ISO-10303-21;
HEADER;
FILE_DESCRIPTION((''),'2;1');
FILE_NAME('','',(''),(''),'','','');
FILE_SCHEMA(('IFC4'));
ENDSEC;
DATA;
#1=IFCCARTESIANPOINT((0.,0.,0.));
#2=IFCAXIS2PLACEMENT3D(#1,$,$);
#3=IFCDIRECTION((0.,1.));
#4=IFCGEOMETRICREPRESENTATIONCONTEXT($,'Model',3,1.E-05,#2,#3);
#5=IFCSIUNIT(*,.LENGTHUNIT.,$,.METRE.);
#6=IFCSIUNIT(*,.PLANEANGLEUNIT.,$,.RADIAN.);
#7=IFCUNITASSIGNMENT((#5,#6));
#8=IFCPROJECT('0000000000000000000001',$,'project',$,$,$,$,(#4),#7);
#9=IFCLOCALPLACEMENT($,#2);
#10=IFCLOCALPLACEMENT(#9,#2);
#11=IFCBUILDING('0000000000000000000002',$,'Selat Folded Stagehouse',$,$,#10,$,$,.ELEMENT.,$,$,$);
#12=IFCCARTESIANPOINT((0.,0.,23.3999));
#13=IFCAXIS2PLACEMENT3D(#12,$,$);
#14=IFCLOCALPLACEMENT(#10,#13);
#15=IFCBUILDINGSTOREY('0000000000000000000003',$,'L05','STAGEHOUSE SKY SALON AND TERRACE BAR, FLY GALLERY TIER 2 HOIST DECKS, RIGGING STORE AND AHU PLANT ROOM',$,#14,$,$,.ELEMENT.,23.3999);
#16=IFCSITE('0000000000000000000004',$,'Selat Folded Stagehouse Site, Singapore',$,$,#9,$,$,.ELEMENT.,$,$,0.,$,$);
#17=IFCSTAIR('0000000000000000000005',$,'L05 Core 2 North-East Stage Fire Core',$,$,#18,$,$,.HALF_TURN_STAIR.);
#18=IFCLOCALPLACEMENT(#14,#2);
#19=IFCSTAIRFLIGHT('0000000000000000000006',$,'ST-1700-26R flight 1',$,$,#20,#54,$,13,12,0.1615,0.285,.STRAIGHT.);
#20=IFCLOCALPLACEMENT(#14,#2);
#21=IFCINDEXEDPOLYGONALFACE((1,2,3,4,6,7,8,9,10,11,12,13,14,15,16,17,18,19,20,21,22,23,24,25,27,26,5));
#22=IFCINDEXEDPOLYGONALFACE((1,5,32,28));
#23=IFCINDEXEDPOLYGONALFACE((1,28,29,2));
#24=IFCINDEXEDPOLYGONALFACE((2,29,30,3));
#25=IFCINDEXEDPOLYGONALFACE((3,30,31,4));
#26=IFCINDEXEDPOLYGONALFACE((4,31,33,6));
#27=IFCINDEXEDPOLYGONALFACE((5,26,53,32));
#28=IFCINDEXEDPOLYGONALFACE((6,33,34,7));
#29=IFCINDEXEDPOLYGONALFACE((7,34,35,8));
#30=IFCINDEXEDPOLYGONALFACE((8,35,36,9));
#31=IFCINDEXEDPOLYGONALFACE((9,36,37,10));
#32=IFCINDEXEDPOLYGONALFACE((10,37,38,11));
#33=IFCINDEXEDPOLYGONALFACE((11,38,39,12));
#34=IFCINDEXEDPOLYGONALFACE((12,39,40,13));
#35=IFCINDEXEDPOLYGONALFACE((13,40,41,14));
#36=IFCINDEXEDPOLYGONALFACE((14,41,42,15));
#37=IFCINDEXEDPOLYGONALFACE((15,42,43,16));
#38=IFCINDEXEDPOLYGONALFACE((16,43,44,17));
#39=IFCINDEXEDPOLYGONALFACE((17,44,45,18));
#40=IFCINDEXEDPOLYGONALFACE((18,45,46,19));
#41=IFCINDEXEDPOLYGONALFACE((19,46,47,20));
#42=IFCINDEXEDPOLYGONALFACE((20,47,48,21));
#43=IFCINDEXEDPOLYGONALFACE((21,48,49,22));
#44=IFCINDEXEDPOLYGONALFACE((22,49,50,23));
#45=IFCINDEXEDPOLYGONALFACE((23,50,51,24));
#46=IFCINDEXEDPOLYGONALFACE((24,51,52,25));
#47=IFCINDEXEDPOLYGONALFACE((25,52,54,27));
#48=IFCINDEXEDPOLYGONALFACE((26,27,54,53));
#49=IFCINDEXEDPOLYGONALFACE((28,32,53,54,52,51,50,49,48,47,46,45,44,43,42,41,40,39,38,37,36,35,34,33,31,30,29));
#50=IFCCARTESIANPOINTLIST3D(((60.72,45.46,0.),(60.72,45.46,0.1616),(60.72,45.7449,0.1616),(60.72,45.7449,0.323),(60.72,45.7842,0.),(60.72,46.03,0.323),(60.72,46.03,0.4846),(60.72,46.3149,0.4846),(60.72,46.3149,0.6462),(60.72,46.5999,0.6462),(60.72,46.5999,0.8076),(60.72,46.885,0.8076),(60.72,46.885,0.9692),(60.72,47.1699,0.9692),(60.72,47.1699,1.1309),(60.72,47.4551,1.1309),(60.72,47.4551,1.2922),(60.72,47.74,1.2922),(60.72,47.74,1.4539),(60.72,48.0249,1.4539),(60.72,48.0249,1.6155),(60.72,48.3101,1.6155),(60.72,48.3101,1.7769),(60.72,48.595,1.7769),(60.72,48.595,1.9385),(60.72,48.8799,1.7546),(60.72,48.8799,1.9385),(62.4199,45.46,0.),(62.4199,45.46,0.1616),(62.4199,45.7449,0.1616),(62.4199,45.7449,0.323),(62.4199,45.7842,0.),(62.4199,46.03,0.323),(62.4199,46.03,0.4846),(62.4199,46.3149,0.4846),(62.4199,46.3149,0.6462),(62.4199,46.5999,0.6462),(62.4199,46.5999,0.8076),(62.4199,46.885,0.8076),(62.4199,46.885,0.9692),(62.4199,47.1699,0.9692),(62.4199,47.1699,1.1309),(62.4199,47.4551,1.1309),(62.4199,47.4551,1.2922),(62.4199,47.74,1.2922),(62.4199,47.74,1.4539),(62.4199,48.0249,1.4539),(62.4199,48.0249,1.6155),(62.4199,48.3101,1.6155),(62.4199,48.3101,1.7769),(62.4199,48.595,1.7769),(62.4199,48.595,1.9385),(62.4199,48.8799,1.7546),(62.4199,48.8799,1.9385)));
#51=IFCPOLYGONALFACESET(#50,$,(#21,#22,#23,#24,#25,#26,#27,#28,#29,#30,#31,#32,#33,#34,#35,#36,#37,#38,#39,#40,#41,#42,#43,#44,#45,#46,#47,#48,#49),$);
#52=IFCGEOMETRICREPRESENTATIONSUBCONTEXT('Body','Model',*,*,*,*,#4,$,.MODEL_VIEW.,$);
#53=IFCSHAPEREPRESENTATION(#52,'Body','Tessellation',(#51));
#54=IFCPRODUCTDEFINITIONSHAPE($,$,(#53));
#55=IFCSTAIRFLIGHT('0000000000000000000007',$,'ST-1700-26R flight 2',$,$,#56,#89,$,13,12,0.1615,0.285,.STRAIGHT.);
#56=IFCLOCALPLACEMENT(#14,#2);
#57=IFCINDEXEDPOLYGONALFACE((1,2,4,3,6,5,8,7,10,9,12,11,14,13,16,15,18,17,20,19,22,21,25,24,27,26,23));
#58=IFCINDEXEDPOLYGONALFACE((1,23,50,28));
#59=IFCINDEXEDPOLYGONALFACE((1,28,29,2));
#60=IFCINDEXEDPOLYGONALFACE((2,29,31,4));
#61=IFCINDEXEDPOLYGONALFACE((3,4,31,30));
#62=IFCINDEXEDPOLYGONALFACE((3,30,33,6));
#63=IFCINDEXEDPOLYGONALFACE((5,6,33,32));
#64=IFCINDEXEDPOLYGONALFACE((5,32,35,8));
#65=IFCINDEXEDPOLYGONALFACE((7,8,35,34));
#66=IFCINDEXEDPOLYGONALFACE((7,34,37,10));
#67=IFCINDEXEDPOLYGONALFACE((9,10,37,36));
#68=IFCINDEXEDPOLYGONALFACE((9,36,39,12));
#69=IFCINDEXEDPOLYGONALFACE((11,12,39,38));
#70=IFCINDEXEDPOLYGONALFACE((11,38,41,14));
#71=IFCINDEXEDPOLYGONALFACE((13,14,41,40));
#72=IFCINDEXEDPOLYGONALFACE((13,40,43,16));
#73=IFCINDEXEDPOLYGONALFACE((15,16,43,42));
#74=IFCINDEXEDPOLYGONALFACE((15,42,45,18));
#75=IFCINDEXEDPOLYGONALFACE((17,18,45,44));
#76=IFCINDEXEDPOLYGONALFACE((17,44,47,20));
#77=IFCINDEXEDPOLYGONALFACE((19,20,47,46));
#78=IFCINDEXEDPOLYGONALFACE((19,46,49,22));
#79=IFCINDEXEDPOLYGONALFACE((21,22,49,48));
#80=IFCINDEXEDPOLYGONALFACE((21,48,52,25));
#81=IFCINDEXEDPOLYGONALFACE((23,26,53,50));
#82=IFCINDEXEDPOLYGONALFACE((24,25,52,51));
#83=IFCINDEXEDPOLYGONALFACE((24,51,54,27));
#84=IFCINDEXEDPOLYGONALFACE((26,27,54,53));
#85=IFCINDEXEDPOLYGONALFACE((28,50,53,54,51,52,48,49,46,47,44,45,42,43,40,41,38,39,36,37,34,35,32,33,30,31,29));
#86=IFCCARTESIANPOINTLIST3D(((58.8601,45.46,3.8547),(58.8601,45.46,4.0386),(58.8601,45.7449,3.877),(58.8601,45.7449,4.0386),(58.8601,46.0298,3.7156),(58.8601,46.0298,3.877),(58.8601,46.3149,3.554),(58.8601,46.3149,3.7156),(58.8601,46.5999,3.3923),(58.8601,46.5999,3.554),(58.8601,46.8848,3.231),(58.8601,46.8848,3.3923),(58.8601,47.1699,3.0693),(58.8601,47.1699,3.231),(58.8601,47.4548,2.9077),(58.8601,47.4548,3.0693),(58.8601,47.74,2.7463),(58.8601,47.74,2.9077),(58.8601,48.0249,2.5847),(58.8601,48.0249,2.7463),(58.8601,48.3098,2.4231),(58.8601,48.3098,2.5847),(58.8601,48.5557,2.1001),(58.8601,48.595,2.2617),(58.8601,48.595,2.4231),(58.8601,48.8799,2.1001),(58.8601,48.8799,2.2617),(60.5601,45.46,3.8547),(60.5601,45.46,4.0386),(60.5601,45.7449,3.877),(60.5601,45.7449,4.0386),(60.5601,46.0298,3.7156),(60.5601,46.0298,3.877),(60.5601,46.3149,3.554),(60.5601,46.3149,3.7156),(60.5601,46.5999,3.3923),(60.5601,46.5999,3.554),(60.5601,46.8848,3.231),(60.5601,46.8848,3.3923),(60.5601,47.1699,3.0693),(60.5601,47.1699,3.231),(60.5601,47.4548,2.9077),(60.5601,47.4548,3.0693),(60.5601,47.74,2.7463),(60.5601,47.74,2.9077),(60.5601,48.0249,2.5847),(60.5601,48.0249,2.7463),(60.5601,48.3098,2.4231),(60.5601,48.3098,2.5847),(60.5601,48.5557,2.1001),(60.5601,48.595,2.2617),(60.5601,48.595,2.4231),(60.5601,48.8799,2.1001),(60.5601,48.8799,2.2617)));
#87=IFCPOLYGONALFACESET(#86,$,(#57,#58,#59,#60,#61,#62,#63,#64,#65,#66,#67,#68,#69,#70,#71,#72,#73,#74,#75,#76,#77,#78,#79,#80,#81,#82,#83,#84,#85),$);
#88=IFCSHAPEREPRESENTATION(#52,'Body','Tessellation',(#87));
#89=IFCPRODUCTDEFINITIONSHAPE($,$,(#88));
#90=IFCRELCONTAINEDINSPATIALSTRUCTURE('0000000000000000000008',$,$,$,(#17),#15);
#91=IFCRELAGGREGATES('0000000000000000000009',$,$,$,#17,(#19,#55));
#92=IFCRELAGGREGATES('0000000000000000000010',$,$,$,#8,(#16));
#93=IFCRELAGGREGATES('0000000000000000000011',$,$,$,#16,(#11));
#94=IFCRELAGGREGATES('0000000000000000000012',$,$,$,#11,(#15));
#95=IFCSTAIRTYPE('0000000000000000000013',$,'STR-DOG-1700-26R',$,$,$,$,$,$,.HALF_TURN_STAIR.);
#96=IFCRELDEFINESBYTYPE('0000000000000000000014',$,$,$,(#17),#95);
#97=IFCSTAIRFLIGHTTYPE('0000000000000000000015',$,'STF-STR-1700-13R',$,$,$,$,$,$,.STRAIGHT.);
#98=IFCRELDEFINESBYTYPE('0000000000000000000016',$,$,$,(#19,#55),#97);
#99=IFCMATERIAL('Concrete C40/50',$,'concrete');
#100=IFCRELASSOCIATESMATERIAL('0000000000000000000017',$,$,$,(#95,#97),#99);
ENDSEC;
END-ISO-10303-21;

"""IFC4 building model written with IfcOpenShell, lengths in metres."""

from ifc_helpers import new_model, si_unit, direction, frame, origin, place, context, subcontext, project, spatial, polyline, outline, extrude, material, type_object, element, aggregate, save


model = new_model("IFC4")

# Units and contexts
model_context = context("Model", 3, precision=1e-05, world=origin(), true_north=direction((0.0, 1.0)))
body_context = subcontext(model_context, "Body", "Model", "MODEL_VIEW")
ifc_project = project(units=[si_unit("LENGTHUNIT", "METRE"), si_unit("PLANEANGLEUNIT", "RADIAN")], contexts=[model_context])

# Site, building, storey
site_placement = place(None, origin())
site = spatial("IfcSite", under=ifc_project, at=site_placement, Name="Selat Folded Stagehouse Site, Singapore", CompositionType="ELEMENT", RefElevation=0.0)
building_placement = place(site_placement, origin())
building = spatial("IfcBuilding", under=site, at=building_placement, Name="Selat Folded Stagehouse", CompositionType="ELEMENT")
storey_placement = place(building_placement, frame((0.0, 0.0, 23.3999)))
storey = spatial("IfcBuildingStorey", under=building, at=storey_placement, Name="L05", Description="STAGEHOUSE SKY SALON AND TERRACE BAR, FLY GALLERY TIER 2 HOIST DECKS, RIGGING STORE AND AHU PLANT ROOM", CompositionType="ELEMENT", Elevation=23.3999)

# Shared definitions
ifc_material_1 = material(Name="Concrete C40/50", Category="concrete")

# Stair, stair flights
stair_type = type_object("IfcStairType", Name="STR-DOG-1700-26R", PredefinedType="HALF_TURN_STAIR", material=ifc_material_1)
stair_placement = place(storey_placement, origin())
stair = element("IfcStair", 1, at=stair_placement, inside=storey, type_object=stair_type, Name="L05 Core 2 North-East Stage Fire Core", PredefinedType="HALF_TURN_STAIR")
stair_flight_type = type_object("IfcStairFlightType", Name="STF-STR-1700-13R", PredefinedType="STRAIGHT", material=ifc_material_1)
stair_flight_1_placement = place(storey_placement, frame((61.5701, 45.46, 0.0), z_axis=(0.0, 0.0, 1.0), x_axis=(0.0, 1.0, 0.0)))
stair_flight_1 = element("IfcStairFlight", 2, at=stair_flight_1_placement, type_object=stair_flight_type, Name="ST-1700-26R flight 1", NumberOfRisers=13, NumberOfTreads=12, PredefinedType="STRAIGHT", RiserHeight=0.1615, TreadLength=0.285, context=body_context, shape_type="SweptSolid", body=[
    extrude(outline(polyline([(0.0, 0.0), (0.0, 0.1616), (0.2849, 0.1616), (0.2849, 0.323), (0.5701, 0.323), (0.5701, 0.4846), (0.855, 0.4846), (0.855, 0.6462), (1.1399, 0.6462), (1.1399, 0.8076), (1.425, 0.8076), (1.425, 0.9692), (1.71, 0.9692), (1.71, 1.1309), (1.9951, 1.1309), (1.9951, 1.2922), (2.28, 1.2922), (2.28, 1.4539), (2.5649, 1.4539), (2.5649, 1.6155), (2.8501, 1.6155), (2.8501, 1.7769), (3.135, 1.7769), (3.135, 1.9385), (3.4199, 1.9385), (3.4199, 2.1001), (3.4199, 1.7546), (0.3242, 0.0), (0.0, 0.0)])), frame((0.0, 0.8501, 0.0), z_axis=(0.0, -1.0, 0.0), x_axis=(1.0, 0.0, 0.0)), (0.0, 0.0, 1.0), 1.7),
])
stair_flight_2_placement = place(storey_placement, frame((59.71, 48.8799, 2.1001), z_axis=(0.0, 0.0, 1.0), x_axis=(0.0, -1.0, 0.0)))
stair_flight_2 = element("IfcStairFlight", 3, at=stair_flight_2_placement, type_object=stair_flight_type, Name="ST-1700-26R flight 2", NumberOfRisers=13, NumberOfTreads=12, PredefinedType="STRAIGHT", RiserHeight=0.1615, TreadLength=0.285, context=body_context, shape_type="SweptSolid", body=[
    extrude(outline(polyline([(0.0, 0.0), (0.0, 0.1616), (0.2849, 0.1616), (0.2849, 0.323), (0.5701, 0.323), (0.5701, 0.4846), (0.855, 0.4846), (0.855, 0.6462), (1.1399, 0.6462), (1.1399, 0.8076), (1.425, 0.8076), (1.425, 0.9692), (1.71, 0.9692), (1.71, 1.1309), (1.9951, 1.1309), (1.9951, 1.2922), (2.28, 1.2922), (2.28, 1.4539), (2.5649, 1.4539), (2.5649, 1.6155), (2.8501, 1.6155), (2.8501, 1.7769), (3.135, 1.7769), (3.135, 1.9385), (3.4199, 1.9385), (3.4199, 2.1001), (3.4199, 1.7546), (0.3242, 0.0), (0.0, 0.0)])), frame((0.0, 0.8501, 0.0), z_axis=(0.0, -1.0, 0.0), x_axis=(1.0, 0.0, 0.0)), (0.0, 0.0, 1.0), 1.7),
])
aggregate(stair, [stair_flight_1, stair_flight_2])

save(model, "model.ifc")
